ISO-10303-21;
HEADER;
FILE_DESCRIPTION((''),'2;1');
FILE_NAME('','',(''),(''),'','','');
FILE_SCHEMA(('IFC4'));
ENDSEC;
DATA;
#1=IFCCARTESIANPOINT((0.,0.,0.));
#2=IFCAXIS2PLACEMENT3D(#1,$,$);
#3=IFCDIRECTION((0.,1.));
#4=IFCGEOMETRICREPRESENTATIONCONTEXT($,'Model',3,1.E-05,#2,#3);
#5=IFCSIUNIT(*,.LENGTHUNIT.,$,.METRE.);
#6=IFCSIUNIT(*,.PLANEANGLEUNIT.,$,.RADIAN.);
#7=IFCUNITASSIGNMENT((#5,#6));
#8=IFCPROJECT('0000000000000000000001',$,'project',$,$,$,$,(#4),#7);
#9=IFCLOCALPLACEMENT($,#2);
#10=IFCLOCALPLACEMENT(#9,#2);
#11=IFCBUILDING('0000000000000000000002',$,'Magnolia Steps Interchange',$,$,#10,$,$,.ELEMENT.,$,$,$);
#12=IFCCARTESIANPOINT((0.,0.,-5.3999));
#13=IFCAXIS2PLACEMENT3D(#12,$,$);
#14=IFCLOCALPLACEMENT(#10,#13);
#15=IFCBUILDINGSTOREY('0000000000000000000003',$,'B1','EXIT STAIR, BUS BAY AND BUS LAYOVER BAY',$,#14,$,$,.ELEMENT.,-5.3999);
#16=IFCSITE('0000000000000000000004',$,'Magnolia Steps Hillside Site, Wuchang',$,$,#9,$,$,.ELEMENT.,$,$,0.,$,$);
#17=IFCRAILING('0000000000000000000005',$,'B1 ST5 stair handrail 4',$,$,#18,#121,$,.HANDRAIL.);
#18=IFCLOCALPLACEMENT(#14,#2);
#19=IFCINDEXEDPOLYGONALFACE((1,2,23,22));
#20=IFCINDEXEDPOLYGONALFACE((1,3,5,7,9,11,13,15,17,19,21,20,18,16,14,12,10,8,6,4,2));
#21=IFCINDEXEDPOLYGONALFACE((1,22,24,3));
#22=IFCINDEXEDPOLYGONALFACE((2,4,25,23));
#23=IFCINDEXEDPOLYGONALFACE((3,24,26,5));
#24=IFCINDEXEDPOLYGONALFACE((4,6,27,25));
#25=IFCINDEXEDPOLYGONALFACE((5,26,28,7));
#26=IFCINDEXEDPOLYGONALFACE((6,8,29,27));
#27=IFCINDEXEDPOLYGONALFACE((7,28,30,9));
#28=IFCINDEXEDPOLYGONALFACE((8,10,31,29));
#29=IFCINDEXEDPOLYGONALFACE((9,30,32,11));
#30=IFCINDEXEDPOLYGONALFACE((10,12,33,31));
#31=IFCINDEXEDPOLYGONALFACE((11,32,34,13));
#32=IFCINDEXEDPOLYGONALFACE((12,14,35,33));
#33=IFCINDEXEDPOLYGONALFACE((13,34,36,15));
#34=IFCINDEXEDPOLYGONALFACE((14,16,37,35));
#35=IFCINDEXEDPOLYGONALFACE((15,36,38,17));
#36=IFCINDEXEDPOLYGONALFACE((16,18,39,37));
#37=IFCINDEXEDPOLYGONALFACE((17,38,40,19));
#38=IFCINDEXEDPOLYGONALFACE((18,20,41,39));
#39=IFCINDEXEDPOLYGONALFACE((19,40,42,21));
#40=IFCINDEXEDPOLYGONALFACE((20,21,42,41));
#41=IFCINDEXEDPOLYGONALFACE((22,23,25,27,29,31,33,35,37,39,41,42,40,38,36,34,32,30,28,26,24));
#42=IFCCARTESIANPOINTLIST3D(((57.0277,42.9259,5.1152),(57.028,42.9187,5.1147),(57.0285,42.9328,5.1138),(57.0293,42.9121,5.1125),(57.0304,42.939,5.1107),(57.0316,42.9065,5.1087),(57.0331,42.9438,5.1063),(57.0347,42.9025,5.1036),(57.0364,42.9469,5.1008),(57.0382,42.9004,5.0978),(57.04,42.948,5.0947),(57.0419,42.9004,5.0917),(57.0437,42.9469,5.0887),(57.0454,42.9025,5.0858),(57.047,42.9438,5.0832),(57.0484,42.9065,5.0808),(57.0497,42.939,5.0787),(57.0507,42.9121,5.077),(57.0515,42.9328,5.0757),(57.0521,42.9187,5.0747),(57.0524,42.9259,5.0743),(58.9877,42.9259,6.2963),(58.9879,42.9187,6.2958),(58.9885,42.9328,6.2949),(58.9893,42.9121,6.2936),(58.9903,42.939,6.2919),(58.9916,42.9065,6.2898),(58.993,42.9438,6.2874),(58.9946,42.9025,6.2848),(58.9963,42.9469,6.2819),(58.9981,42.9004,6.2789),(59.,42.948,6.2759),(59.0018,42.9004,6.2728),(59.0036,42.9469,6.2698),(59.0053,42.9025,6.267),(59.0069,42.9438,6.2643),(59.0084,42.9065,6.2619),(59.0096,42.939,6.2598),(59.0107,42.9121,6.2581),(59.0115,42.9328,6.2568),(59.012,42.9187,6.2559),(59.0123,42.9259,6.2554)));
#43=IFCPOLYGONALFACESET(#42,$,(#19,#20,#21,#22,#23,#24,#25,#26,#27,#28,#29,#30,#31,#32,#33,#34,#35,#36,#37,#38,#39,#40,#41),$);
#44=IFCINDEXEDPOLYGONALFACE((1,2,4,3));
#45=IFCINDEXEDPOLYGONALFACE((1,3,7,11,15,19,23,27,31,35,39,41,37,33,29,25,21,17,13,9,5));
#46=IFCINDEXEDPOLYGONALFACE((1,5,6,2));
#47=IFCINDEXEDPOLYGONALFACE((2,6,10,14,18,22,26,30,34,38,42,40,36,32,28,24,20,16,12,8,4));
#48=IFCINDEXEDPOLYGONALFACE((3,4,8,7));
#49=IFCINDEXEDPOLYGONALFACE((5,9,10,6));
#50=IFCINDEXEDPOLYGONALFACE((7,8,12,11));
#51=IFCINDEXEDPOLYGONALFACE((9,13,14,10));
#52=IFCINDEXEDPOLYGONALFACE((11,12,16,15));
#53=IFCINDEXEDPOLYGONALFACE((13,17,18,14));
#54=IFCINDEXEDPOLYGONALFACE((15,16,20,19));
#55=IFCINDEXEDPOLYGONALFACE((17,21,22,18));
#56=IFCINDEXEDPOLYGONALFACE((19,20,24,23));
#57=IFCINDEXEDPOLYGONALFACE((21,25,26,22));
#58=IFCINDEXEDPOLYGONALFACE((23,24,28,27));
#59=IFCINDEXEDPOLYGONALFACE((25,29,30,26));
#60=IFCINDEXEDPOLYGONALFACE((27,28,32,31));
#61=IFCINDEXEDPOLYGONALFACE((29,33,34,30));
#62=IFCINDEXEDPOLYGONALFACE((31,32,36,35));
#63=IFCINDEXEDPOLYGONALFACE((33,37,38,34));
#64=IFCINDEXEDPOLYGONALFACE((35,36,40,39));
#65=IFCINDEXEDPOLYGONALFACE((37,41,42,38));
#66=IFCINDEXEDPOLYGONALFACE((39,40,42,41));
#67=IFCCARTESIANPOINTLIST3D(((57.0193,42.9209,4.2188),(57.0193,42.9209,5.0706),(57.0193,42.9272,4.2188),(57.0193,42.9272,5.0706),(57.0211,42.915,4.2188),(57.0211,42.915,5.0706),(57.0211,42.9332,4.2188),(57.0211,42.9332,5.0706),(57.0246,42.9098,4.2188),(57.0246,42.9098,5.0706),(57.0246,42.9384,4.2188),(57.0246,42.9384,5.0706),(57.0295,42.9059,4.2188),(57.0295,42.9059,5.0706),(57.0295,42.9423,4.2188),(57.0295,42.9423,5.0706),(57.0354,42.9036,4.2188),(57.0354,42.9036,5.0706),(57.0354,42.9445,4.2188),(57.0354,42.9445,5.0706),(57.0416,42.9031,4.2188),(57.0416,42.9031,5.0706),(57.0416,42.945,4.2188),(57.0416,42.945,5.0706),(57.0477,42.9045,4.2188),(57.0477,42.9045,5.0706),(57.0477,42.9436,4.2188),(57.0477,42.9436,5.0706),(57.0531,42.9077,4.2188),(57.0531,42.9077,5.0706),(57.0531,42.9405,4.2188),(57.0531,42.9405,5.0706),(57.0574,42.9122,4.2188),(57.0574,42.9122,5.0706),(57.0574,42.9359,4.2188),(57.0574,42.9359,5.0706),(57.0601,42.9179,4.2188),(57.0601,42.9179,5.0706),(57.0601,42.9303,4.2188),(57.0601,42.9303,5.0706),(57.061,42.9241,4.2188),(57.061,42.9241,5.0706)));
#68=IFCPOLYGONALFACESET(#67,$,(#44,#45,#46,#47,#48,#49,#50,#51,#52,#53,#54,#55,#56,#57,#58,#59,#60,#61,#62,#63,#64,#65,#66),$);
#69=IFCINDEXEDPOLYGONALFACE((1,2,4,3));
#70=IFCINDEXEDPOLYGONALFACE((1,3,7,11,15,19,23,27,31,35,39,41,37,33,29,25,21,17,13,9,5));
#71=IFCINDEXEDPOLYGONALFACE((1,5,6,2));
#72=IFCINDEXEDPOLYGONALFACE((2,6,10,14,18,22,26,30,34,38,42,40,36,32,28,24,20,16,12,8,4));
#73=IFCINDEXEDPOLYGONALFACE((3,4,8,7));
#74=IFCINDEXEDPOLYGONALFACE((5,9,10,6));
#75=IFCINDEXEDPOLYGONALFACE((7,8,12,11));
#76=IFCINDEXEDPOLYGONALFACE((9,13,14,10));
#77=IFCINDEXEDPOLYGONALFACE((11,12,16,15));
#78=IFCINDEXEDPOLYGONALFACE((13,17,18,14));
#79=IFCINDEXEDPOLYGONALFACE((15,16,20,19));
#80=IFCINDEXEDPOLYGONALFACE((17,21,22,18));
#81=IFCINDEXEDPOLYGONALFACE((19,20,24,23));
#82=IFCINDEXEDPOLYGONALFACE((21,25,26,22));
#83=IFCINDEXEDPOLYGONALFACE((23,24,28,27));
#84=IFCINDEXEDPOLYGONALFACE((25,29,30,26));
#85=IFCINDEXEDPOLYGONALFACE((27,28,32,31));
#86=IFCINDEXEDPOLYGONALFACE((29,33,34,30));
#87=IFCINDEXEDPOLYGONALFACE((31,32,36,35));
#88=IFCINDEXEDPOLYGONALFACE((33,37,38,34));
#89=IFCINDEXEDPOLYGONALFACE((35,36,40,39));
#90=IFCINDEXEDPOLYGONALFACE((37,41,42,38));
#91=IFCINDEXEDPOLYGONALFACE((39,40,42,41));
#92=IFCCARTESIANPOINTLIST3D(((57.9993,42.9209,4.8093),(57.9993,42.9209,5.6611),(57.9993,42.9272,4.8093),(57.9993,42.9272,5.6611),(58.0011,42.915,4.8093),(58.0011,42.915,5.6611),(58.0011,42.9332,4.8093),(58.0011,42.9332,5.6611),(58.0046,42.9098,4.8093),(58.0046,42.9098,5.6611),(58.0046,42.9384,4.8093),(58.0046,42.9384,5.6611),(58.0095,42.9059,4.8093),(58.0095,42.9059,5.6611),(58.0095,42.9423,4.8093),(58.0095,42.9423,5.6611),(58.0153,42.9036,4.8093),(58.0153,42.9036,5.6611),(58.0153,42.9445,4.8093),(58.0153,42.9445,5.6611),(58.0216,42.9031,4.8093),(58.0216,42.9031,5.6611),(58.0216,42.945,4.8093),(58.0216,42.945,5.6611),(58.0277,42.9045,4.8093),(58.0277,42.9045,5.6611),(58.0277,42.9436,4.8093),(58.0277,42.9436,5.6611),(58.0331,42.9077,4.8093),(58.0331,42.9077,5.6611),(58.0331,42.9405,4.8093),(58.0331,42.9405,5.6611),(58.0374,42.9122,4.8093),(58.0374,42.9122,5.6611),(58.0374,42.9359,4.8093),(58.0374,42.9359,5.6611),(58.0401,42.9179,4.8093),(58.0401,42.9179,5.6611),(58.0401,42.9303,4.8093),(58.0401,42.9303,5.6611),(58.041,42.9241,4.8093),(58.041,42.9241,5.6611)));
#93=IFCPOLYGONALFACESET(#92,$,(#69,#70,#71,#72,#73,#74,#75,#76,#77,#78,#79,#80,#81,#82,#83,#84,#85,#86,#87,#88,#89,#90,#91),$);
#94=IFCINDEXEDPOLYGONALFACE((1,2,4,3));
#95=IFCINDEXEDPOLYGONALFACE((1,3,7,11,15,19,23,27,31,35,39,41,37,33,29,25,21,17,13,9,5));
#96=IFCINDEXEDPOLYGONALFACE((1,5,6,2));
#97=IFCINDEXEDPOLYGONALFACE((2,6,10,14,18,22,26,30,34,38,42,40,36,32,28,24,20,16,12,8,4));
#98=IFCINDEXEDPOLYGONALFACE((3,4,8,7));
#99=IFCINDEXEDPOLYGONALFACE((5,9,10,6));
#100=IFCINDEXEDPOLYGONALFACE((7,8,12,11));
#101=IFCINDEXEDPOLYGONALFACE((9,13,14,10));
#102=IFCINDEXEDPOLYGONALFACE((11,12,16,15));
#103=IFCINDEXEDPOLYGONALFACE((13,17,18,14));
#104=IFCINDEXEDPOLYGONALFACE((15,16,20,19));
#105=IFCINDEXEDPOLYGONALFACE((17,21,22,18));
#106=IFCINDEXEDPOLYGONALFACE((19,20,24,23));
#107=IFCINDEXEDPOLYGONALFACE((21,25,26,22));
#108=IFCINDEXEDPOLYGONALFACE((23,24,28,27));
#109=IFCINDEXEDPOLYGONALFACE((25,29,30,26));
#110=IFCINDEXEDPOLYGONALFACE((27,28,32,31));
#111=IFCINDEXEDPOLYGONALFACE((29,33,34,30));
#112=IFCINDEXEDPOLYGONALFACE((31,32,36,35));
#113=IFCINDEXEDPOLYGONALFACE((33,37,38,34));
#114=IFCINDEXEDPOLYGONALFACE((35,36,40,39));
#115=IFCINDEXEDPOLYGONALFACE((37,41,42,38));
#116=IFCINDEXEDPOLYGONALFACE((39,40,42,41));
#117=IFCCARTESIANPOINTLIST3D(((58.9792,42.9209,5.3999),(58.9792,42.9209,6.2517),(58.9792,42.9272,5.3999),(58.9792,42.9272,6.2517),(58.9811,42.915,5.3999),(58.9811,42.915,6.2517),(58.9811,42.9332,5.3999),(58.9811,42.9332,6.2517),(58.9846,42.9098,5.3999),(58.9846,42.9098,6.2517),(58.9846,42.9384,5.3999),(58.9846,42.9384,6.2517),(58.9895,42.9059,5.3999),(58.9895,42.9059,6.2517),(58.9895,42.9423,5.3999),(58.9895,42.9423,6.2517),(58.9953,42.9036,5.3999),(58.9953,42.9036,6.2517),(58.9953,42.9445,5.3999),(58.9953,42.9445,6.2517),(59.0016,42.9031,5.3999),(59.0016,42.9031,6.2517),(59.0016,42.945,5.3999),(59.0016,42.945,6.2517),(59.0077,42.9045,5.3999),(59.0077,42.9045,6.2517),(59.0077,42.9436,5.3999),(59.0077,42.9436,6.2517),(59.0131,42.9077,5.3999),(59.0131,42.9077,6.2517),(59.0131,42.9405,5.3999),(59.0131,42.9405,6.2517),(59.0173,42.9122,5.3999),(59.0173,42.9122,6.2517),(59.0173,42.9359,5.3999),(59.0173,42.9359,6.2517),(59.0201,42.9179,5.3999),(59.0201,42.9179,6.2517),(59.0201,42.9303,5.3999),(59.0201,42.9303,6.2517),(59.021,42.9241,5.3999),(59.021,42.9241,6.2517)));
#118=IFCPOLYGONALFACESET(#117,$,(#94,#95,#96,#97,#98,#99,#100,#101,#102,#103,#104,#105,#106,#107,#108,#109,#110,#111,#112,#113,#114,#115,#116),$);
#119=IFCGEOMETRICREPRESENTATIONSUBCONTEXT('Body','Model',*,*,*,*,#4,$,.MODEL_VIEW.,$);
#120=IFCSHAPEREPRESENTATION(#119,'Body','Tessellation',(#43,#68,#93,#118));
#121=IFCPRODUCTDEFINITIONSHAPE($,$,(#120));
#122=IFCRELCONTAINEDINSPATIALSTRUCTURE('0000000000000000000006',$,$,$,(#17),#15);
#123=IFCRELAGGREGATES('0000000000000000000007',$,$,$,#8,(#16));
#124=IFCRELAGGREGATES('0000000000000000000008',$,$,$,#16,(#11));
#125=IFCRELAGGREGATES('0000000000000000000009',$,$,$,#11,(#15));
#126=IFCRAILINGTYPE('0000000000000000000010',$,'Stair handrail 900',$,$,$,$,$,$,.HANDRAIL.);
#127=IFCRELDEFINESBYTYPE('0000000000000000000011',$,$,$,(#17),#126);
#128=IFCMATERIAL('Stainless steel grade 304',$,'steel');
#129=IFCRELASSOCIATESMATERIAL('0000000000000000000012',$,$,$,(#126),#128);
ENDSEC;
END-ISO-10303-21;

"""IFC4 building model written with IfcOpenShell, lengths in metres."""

from ifc_helpers import new_model, si_unit, direction, frame, origin, origin_2d, place, context, subcontext, project, spatial, circle, extrude, material, type_object, element, save


model = new_model("IFC4")

# Units and contexts
model_context = context("Model", 3, precision=1e-05, world=origin(), true_north=direction((0.0, 1.0)))
body_context = subcontext(model_context, "Body", "Model", "MODEL_VIEW")
ifc_project = project(units=[si_unit("LENGTHUNIT", "METRE"), si_unit("PLANEANGLEUNIT", "RADIAN")], contexts=[model_context])

# Site, building, storey
site_placement = place(None, origin())
site = spatial("IfcSite", under=ifc_project, at=site_placement, Name="Magnolia Steps Hillside Site, Wuchang", CompositionType="ELEMENT", RefElevation=0.0)
building_placement = place(site_placement, origin())
building = spatial("IfcBuilding", under=site, at=building_placement, Name="Magnolia Steps Interchange", CompositionType="ELEMENT")
storey_placement = place(building_placement, frame((0.0, 0.0, -5.3999)))
storey = spatial("IfcBuildingStorey", under=building, at=storey_placement, Name="B1", Description="EXIT STAIR, BUS BAY AND BUS LAYOVER BAY", CompositionType="ELEMENT", Elevation=-5.3999)

# Railing
ifc_material_1 = material(Name="Stainless steel grade 304", Category="steel")
railing_type_1 = type_object("IfcRailingType", Name="Stair handrail 900", PredefinedType="HANDRAIL", material=ifc_material_1)
railing_1_placement = place(storey_placement, frame((57.04, 42.9241, 4.2188)))
element("IfcRailing", 1, at=railing_1_placement, inside=storey, type_object=railing_type_1, Name="B1 ST5 stair handrail 4", PredefinedType="HANDRAIL", context=body_context, shape_type="SweptSolid", body=[
    extrude(circle(Radius=0.0239, at=origin_2d()), frame((0.0, 0.0, 0.876), z_axis=(0.856493, 0.0, 0.516158), x_axis=(0.0, 1.0, 0.0)), (0.0, 0.0, 1.0), 2.2883),
    extrude(circle(Radius=0.021, at=origin_2d()), origin(), (0.0, 0.0, 1.0), 0.8518),
    extrude(circle(Radius=0.021, at=origin_2d()), frame((0.98, 0.0, 0.5906)), (0.0, 0.0, 1.0), 0.8518),
    extrude(circle(Radius=0.021, at=origin_2d()), frame((1.96, 0.0, 1.1812)), (0.0, 0.0, 1.0), 0.8518),
])

save(model, "model.ifc")
